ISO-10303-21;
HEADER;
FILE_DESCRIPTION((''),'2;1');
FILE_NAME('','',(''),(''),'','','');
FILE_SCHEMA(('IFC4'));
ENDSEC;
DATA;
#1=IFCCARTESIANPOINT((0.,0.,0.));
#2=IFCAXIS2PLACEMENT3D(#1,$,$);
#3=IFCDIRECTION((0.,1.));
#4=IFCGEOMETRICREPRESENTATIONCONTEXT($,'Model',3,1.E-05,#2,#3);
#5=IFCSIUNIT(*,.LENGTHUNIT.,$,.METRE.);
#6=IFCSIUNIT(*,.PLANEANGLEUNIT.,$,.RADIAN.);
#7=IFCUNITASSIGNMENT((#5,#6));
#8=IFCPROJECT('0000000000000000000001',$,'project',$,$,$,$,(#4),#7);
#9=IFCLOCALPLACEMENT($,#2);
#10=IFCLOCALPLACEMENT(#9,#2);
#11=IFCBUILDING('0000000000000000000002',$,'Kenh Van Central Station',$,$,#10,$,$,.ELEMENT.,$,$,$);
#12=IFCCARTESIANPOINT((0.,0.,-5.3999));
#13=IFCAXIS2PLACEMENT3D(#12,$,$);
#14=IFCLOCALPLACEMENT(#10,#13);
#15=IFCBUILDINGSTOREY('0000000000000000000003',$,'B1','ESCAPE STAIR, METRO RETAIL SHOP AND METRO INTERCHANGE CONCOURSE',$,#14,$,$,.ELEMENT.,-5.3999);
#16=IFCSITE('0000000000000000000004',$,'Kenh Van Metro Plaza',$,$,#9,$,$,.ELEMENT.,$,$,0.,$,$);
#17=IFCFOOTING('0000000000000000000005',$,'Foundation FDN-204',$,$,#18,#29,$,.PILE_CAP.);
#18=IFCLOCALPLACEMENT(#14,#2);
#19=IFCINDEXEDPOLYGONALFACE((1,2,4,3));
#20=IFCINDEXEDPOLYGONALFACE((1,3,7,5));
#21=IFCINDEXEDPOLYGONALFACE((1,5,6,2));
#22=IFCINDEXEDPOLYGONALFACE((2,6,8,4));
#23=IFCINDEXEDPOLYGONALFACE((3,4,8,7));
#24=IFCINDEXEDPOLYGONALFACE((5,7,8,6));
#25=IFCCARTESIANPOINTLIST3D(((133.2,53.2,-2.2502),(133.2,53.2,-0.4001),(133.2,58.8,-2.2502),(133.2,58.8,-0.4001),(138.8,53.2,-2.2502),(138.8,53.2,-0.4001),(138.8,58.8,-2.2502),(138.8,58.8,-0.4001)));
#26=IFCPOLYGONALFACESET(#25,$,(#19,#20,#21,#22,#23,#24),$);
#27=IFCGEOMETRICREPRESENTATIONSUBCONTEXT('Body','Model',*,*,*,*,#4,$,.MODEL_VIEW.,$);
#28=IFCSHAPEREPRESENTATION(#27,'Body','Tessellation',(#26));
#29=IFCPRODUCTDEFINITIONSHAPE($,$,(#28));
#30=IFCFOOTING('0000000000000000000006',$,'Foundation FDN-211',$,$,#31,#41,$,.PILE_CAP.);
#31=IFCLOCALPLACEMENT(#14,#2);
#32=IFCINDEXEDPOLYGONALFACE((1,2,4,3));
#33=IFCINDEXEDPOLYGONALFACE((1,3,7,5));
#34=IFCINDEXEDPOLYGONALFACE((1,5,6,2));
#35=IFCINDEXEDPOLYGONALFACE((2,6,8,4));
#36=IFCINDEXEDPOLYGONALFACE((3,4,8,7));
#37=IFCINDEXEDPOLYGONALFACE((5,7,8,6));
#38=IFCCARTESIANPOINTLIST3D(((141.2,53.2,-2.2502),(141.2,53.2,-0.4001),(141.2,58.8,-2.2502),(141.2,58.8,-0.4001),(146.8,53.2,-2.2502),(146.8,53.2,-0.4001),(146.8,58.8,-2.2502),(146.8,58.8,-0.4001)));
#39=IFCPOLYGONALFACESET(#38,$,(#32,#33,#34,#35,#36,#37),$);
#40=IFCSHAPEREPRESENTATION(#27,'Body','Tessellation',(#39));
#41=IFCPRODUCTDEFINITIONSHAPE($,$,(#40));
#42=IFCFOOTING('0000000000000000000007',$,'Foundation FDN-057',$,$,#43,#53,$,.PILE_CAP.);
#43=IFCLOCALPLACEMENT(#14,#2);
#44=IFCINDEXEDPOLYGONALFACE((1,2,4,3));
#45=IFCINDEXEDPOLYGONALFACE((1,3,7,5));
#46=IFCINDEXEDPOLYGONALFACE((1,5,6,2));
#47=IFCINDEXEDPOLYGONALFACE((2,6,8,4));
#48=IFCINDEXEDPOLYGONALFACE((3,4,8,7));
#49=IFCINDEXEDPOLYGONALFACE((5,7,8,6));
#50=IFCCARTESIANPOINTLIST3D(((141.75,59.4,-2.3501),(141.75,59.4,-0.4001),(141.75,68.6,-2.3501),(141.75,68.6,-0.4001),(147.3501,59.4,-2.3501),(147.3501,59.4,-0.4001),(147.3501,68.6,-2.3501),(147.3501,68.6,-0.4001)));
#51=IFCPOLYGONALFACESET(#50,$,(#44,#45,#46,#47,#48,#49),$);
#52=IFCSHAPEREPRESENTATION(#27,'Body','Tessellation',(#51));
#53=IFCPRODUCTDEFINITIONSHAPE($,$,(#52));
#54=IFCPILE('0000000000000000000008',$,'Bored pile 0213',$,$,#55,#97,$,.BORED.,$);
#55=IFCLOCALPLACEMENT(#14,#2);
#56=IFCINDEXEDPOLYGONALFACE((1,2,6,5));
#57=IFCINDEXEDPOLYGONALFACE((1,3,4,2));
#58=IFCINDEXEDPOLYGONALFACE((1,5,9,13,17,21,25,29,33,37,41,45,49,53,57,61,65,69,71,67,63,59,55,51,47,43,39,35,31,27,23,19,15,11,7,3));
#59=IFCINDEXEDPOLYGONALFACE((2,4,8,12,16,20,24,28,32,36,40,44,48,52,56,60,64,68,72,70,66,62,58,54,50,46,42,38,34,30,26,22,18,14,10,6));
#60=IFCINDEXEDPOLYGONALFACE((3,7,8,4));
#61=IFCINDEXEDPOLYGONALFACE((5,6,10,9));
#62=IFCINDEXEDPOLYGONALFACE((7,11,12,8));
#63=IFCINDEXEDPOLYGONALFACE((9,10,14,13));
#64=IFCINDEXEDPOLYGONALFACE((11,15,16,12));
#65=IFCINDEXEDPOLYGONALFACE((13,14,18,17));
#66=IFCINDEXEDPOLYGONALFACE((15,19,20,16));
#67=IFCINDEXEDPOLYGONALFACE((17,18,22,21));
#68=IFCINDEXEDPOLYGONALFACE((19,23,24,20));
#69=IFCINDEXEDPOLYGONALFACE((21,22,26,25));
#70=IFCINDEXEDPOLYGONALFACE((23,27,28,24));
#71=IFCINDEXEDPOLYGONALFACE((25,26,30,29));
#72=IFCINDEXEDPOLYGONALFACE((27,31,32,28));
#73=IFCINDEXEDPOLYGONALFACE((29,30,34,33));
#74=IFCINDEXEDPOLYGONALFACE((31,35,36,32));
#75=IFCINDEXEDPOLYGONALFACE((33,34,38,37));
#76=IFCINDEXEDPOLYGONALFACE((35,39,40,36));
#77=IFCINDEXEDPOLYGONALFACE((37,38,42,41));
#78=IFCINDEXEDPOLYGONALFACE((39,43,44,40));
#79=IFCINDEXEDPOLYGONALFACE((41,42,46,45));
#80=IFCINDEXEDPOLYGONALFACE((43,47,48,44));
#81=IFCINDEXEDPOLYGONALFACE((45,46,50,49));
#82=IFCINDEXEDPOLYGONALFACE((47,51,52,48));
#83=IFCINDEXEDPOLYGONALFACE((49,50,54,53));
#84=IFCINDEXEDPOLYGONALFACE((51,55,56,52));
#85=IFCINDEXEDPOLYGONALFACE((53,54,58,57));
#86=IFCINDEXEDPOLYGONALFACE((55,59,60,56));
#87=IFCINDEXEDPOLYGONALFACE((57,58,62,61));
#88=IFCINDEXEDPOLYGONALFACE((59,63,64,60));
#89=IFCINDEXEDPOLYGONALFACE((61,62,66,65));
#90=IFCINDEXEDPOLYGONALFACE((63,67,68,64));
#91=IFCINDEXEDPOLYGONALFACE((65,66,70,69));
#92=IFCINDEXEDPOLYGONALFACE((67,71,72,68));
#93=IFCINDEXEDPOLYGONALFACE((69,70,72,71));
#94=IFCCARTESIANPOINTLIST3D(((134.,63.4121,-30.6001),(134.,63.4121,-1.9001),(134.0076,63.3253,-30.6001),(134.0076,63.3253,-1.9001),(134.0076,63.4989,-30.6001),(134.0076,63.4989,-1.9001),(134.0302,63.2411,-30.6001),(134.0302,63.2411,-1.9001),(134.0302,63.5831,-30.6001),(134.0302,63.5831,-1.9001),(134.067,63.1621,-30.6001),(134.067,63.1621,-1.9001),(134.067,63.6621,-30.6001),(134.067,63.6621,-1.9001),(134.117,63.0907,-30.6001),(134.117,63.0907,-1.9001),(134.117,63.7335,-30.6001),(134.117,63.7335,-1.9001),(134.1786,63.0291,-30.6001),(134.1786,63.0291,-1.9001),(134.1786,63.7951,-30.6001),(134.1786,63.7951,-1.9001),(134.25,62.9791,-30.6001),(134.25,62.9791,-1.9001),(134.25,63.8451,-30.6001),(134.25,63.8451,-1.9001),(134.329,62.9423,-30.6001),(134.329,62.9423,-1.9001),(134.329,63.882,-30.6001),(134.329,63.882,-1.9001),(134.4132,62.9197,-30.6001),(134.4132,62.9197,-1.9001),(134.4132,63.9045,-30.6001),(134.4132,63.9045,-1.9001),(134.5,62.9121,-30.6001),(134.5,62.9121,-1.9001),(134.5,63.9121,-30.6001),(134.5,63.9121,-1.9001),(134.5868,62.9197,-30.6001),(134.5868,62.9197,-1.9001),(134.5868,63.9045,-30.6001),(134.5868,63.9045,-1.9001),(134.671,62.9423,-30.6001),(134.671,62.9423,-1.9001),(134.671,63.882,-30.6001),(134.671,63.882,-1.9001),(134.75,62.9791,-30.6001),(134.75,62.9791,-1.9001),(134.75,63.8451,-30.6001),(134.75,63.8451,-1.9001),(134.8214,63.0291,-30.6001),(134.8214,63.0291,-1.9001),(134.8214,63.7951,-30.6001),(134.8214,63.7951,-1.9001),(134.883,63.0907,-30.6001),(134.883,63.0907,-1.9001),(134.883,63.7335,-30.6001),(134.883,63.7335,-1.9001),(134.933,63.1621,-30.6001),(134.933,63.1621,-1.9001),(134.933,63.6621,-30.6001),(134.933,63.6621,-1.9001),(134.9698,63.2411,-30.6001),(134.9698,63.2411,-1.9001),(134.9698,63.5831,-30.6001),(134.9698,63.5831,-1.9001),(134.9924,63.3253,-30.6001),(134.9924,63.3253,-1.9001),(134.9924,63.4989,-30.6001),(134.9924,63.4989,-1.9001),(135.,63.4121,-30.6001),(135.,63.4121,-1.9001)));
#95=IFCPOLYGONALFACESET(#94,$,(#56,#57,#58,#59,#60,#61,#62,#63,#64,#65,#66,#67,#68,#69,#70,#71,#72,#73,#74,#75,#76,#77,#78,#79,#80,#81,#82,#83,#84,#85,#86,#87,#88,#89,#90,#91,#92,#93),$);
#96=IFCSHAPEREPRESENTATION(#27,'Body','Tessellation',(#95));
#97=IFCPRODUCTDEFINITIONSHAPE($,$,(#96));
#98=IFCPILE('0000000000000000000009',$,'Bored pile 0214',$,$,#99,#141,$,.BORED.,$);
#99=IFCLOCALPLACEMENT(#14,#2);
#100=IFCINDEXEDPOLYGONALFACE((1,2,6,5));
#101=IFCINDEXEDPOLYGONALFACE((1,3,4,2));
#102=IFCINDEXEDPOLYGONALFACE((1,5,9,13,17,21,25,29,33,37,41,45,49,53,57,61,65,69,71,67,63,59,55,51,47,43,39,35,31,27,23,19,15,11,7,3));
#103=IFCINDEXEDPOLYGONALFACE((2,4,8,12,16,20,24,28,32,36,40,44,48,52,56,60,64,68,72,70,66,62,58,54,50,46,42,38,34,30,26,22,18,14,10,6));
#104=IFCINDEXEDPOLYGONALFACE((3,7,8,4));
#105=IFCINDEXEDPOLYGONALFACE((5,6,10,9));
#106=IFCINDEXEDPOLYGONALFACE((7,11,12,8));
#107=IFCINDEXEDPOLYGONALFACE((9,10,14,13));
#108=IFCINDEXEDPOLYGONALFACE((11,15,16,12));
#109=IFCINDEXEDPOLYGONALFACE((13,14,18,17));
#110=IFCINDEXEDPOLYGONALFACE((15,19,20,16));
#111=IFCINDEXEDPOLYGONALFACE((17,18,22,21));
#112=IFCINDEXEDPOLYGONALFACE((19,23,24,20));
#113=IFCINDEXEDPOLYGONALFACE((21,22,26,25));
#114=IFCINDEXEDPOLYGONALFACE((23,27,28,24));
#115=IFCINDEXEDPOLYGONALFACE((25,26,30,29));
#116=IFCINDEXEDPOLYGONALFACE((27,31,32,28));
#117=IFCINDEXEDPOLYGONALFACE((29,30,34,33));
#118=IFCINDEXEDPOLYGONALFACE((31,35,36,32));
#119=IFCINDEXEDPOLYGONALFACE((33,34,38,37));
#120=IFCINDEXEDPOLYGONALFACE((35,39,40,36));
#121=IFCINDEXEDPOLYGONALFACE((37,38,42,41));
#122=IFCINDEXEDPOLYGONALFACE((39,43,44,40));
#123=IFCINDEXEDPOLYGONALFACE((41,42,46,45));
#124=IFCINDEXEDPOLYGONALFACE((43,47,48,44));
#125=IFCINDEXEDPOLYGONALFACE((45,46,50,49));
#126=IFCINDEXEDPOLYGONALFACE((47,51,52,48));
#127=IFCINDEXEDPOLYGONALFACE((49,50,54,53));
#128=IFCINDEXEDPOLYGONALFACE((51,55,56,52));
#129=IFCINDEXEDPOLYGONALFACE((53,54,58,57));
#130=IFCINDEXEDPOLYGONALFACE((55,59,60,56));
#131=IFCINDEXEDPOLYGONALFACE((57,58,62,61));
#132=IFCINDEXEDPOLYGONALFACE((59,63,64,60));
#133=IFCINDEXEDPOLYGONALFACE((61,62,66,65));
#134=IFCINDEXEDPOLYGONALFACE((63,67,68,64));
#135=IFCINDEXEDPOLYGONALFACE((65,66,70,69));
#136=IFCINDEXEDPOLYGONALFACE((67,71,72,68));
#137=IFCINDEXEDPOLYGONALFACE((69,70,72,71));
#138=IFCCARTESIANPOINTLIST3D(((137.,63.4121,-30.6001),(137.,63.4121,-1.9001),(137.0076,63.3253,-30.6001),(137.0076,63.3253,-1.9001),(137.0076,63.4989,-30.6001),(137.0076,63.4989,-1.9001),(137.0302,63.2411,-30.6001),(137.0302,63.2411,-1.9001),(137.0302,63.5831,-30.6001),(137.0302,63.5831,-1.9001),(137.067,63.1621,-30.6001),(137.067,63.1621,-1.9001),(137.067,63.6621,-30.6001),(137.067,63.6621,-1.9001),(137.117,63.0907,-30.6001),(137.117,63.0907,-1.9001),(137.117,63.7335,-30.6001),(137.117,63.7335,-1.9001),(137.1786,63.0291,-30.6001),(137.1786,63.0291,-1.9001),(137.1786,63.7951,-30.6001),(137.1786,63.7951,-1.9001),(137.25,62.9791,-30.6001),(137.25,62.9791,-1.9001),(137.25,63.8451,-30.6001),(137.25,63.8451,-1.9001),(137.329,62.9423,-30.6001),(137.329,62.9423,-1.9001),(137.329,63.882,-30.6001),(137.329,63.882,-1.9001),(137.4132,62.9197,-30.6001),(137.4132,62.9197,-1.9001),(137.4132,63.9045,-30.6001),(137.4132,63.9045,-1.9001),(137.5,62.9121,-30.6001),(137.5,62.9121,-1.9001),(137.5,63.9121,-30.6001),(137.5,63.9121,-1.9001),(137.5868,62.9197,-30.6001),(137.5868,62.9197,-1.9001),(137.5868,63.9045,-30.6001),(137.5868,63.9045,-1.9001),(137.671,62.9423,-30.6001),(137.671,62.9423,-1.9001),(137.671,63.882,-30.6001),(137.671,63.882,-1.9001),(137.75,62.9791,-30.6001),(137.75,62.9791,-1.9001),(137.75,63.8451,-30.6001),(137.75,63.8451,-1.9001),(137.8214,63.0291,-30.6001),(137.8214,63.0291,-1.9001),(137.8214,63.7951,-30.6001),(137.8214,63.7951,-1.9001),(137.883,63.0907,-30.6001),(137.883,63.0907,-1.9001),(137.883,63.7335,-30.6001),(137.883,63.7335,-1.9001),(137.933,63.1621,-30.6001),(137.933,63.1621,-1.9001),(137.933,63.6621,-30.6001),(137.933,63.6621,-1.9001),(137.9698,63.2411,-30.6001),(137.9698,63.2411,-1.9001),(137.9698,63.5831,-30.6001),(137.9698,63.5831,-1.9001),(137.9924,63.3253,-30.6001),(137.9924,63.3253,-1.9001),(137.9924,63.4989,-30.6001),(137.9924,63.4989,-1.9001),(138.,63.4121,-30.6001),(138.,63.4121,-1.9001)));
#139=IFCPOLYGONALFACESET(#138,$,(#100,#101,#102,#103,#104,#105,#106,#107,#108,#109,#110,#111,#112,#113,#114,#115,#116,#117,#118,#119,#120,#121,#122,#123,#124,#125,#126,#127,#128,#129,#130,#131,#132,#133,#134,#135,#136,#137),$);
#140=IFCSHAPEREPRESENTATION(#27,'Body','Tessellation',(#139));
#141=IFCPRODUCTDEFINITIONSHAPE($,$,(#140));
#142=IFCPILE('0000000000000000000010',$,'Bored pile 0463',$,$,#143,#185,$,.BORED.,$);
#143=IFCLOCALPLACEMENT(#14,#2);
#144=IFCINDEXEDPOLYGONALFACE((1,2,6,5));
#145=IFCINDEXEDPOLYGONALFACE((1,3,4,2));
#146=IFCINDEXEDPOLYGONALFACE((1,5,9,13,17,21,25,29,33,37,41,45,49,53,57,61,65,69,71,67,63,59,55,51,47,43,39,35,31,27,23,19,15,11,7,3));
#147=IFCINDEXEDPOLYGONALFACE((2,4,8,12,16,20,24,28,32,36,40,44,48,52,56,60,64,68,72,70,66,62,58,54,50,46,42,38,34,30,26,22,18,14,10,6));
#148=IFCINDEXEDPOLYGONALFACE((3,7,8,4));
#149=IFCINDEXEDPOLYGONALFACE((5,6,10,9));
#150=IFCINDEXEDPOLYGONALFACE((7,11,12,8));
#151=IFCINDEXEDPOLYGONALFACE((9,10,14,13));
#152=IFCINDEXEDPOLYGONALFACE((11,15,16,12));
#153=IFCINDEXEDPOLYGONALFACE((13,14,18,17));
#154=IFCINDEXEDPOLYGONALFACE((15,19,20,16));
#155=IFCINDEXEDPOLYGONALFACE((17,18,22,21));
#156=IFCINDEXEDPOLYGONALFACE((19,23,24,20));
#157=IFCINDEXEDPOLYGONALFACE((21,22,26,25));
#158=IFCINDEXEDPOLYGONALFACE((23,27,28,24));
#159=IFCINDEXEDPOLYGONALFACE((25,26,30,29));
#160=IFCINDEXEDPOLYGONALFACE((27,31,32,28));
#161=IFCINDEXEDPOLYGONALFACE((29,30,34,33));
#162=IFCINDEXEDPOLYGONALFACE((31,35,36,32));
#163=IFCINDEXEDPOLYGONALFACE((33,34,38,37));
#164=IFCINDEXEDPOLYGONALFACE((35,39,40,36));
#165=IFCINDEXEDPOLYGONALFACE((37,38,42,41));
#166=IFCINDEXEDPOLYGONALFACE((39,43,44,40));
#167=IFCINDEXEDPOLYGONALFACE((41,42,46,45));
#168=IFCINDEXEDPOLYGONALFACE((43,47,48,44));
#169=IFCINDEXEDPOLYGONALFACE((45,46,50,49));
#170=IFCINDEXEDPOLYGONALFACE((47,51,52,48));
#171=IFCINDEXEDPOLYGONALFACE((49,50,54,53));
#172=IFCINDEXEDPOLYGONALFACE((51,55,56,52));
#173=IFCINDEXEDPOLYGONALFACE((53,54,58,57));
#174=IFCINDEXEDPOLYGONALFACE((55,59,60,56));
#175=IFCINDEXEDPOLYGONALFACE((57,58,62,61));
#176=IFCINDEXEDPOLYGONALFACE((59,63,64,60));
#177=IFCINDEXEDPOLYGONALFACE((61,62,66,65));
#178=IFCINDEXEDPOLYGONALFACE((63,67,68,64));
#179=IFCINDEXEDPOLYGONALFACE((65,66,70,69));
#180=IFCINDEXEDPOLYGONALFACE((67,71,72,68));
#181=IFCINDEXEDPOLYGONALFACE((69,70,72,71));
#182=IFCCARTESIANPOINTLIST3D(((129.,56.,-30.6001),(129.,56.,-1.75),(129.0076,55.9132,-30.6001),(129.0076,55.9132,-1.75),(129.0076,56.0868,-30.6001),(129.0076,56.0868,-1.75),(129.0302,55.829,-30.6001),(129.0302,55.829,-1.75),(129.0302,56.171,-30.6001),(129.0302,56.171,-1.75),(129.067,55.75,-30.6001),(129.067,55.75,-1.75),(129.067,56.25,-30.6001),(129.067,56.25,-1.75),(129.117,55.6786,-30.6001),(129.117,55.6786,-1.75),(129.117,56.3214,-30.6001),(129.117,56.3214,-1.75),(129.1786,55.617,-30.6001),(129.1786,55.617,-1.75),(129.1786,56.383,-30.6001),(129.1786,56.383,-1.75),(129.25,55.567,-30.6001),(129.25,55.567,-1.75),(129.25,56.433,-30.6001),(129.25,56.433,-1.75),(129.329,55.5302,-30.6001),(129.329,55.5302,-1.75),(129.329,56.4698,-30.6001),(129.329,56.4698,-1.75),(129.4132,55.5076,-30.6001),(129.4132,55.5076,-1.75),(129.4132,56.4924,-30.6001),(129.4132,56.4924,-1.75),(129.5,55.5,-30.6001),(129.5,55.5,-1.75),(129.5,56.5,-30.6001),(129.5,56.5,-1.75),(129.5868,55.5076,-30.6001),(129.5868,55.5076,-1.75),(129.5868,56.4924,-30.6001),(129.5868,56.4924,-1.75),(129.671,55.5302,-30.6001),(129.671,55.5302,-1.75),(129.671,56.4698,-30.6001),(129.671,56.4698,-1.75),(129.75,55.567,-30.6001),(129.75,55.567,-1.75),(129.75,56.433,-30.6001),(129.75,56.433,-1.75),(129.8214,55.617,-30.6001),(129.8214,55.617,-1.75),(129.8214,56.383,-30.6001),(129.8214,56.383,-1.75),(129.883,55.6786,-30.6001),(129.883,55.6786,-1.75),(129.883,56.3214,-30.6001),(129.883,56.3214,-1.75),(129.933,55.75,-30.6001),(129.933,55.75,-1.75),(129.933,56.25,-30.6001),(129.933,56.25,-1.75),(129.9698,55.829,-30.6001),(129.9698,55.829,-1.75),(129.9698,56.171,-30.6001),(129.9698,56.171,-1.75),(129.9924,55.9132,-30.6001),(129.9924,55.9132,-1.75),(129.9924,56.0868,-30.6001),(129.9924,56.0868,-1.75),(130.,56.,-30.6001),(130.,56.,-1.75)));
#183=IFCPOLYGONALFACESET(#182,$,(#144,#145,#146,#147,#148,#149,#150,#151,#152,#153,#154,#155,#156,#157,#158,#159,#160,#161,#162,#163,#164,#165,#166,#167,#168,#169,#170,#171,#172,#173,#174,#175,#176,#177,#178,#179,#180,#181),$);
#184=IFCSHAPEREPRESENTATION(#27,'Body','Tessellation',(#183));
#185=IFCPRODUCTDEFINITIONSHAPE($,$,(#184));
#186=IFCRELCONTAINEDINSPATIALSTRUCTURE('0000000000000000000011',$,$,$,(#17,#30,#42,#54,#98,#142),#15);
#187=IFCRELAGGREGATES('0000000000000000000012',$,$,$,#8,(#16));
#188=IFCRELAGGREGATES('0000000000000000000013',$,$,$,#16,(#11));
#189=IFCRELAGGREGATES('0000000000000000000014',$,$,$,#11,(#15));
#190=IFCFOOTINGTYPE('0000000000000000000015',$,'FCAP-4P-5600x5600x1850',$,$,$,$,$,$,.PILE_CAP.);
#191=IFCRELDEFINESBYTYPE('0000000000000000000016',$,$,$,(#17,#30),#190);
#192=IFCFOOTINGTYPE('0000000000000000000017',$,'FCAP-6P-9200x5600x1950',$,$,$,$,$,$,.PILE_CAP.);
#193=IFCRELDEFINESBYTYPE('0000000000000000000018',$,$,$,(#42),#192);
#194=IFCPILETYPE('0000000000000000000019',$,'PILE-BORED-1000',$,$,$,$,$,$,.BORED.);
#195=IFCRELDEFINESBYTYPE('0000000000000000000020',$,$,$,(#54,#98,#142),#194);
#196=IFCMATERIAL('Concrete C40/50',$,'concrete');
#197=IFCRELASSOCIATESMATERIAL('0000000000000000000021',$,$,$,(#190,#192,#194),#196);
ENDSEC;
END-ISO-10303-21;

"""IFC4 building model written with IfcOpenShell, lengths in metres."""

from ifc_helpers import new_model, si_unit, direction, frame, origin, origin_2d, place, context, subcontext, project, spatial, rectangle, circle, extrude, material, material_profile, profile_set, type_object, element, save


model = new_model("IFC4")

# Units and contexts
model_context = context("Model", 3, precision=1e-05, world=origin(), true_north=direction((0.0, 1.0)))
body_context = subcontext(model_context, "Body", "Model", "MODEL_VIEW")
ifc_project = project(units=[si_unit("LENGTHUNIT", "METRE"), si_unit("PLANEANGLEUNIT", "RADIAN")], contexts=[model_context])

# Site, building, storey
site_placement = place(None, origin())
site = spatial("IfcSite", under=ifc_project, at=site_placement, Name="Kenh Van Metro Plaza", CompositionType="ELEMENT", RefElevation=0.0)
building_placement = place(site_placement, origin())
building = spatial("IfcBuilding", under=site, at=building_placement, Name="Kenh Van Central Station", CompositionType="ELEMENT")
storey_placement = place(building_placement, frame((0.0, 0.0, -5.3999)))
storey = spatial("IfcBuildingStorey", under=building, at=storey_placement, Name="B1", Description="ESCAPE STAIR, METRO RETAIL SHOP AND METRO INTERCHANGE CONCOURSE", CompositionType="ELEMENT", Elevation=-5.3999)

# Footings
ifc_material_1 = material(Name="Concrete C40/50", Category="concrete")
footing_type_1 = type_object("IfcFootingType", Name="FCAP-4P-5600x5600x1850", PredefinedType="PILE_CAP", material=ifc_material_1)
for number, where, z_axis, x_axis, name in (
    (1, (136.0, 56.0, -2.2502), (0.0, 0.0, 1.0), (1.0, 0.0, 0.0), "Foundation FDN-204"),
    (2, (144.0, 56.0, -2.2502), (0.0, 0.0, 1.0), (1.0, 0.0, 0.0), "Foundation FDN-211"),
):
    element("IfcFooting", number, at=place(storey_placement, frame(where, z_axis=z_axis, x_axis=x_axis)), inside=storey, type_object=footing_type_1, Name=name, PredefinedType="PILE_CAP", context=body_context, shape_type="SweptSolid", body=[
        extrude(rectangle(XDim=5.6001, YDim=5.6001, at=origin_2d()), origin(), (0.0, 0.0, 1.0), 1.8501),
    ])
footing_type_2 = type_object("IfcFootingType", Name="FCAP-6P-9200x5600x1950", PredefinedType="PILE_CAP", material=ifc_material_1)
footing_placement = place(storey_placement, frame((144.55, 64.0, -2.3501), z_axis=(0.0, 0.0, 1.0), x_axis=(0.0, 1.0, 0.0)))
element("IfcFooting", 3, at=footing_placement, inside=storey, type_object=footing_type_2, Name="Foundation FDN-057", PredefinedType="PILE_CAP", context=body_context, shape_type="SweptSolid", body=[
    extrude(rectangle(XDim=9.2, YDim=5.6001, at=origin_2d()), origin(), (0.0, 0.0, 1.0), 1.95),
])

# Piles
ifc_material_profile_1 = material_profile(ifc_material_1, circle(Radius=0.5, at=origin_2d()), Name="PILE D1000")
ifc_profile_set_1 = profile_set([ifc_material_profile_1], Name="Concrete C40/50")
pile_type_1 = type_object("IfcPileType", Name="PILE-BORED-1000", PredefinedType="BORED", material=ifc_profile_set_1)
for number, where, z_axis, x_axis, name in (
    (4, (134.5, 63.4121, -1.9001), (0.0, 0.0, -1.0), (1.0, 0.0, 0.0), "Bored pile 0213"),
    (5, (137.5, 63.4121, -1.9001), (0.0, 0.0, -1.0), (1.0, 0.0, 0.0), "Bored pile 0214"),
):
    element("IfcPile", number, at=place(storey_placement, frame(where, z_axis=z_axis, x_axis=x_axis)), inside=storey, type_object=pile_type_1, Name=name, PredefinedType="BORED", context=body_context, shape_type="SweptSolid", body=[
        extrude(circle(Radius=0.5, at=origin_2d()), origin(), (0.0, 0.0, 1.0), 28.7),
    ])
pile_placement = place(storey_placement, frame((129.5, 56.0, -1.75), z_axis=(0.0, 0.0, -1.0), x_axis=(1.0, 0.0, 0.0)))
element("IfcPile", 6, at=pile_placement, inside=storey, type_object=pile_type_1, Name="Bored pile 0463", PredefinedType="BORED", context=body_context, shape_type="SweptSolid", body=[
    extrude(circle(Radius=0.5, at=origin_2d()), origin(), (0.0, 0.0, 1.0), 28.8501),
])

save(model, "model.ifc")
